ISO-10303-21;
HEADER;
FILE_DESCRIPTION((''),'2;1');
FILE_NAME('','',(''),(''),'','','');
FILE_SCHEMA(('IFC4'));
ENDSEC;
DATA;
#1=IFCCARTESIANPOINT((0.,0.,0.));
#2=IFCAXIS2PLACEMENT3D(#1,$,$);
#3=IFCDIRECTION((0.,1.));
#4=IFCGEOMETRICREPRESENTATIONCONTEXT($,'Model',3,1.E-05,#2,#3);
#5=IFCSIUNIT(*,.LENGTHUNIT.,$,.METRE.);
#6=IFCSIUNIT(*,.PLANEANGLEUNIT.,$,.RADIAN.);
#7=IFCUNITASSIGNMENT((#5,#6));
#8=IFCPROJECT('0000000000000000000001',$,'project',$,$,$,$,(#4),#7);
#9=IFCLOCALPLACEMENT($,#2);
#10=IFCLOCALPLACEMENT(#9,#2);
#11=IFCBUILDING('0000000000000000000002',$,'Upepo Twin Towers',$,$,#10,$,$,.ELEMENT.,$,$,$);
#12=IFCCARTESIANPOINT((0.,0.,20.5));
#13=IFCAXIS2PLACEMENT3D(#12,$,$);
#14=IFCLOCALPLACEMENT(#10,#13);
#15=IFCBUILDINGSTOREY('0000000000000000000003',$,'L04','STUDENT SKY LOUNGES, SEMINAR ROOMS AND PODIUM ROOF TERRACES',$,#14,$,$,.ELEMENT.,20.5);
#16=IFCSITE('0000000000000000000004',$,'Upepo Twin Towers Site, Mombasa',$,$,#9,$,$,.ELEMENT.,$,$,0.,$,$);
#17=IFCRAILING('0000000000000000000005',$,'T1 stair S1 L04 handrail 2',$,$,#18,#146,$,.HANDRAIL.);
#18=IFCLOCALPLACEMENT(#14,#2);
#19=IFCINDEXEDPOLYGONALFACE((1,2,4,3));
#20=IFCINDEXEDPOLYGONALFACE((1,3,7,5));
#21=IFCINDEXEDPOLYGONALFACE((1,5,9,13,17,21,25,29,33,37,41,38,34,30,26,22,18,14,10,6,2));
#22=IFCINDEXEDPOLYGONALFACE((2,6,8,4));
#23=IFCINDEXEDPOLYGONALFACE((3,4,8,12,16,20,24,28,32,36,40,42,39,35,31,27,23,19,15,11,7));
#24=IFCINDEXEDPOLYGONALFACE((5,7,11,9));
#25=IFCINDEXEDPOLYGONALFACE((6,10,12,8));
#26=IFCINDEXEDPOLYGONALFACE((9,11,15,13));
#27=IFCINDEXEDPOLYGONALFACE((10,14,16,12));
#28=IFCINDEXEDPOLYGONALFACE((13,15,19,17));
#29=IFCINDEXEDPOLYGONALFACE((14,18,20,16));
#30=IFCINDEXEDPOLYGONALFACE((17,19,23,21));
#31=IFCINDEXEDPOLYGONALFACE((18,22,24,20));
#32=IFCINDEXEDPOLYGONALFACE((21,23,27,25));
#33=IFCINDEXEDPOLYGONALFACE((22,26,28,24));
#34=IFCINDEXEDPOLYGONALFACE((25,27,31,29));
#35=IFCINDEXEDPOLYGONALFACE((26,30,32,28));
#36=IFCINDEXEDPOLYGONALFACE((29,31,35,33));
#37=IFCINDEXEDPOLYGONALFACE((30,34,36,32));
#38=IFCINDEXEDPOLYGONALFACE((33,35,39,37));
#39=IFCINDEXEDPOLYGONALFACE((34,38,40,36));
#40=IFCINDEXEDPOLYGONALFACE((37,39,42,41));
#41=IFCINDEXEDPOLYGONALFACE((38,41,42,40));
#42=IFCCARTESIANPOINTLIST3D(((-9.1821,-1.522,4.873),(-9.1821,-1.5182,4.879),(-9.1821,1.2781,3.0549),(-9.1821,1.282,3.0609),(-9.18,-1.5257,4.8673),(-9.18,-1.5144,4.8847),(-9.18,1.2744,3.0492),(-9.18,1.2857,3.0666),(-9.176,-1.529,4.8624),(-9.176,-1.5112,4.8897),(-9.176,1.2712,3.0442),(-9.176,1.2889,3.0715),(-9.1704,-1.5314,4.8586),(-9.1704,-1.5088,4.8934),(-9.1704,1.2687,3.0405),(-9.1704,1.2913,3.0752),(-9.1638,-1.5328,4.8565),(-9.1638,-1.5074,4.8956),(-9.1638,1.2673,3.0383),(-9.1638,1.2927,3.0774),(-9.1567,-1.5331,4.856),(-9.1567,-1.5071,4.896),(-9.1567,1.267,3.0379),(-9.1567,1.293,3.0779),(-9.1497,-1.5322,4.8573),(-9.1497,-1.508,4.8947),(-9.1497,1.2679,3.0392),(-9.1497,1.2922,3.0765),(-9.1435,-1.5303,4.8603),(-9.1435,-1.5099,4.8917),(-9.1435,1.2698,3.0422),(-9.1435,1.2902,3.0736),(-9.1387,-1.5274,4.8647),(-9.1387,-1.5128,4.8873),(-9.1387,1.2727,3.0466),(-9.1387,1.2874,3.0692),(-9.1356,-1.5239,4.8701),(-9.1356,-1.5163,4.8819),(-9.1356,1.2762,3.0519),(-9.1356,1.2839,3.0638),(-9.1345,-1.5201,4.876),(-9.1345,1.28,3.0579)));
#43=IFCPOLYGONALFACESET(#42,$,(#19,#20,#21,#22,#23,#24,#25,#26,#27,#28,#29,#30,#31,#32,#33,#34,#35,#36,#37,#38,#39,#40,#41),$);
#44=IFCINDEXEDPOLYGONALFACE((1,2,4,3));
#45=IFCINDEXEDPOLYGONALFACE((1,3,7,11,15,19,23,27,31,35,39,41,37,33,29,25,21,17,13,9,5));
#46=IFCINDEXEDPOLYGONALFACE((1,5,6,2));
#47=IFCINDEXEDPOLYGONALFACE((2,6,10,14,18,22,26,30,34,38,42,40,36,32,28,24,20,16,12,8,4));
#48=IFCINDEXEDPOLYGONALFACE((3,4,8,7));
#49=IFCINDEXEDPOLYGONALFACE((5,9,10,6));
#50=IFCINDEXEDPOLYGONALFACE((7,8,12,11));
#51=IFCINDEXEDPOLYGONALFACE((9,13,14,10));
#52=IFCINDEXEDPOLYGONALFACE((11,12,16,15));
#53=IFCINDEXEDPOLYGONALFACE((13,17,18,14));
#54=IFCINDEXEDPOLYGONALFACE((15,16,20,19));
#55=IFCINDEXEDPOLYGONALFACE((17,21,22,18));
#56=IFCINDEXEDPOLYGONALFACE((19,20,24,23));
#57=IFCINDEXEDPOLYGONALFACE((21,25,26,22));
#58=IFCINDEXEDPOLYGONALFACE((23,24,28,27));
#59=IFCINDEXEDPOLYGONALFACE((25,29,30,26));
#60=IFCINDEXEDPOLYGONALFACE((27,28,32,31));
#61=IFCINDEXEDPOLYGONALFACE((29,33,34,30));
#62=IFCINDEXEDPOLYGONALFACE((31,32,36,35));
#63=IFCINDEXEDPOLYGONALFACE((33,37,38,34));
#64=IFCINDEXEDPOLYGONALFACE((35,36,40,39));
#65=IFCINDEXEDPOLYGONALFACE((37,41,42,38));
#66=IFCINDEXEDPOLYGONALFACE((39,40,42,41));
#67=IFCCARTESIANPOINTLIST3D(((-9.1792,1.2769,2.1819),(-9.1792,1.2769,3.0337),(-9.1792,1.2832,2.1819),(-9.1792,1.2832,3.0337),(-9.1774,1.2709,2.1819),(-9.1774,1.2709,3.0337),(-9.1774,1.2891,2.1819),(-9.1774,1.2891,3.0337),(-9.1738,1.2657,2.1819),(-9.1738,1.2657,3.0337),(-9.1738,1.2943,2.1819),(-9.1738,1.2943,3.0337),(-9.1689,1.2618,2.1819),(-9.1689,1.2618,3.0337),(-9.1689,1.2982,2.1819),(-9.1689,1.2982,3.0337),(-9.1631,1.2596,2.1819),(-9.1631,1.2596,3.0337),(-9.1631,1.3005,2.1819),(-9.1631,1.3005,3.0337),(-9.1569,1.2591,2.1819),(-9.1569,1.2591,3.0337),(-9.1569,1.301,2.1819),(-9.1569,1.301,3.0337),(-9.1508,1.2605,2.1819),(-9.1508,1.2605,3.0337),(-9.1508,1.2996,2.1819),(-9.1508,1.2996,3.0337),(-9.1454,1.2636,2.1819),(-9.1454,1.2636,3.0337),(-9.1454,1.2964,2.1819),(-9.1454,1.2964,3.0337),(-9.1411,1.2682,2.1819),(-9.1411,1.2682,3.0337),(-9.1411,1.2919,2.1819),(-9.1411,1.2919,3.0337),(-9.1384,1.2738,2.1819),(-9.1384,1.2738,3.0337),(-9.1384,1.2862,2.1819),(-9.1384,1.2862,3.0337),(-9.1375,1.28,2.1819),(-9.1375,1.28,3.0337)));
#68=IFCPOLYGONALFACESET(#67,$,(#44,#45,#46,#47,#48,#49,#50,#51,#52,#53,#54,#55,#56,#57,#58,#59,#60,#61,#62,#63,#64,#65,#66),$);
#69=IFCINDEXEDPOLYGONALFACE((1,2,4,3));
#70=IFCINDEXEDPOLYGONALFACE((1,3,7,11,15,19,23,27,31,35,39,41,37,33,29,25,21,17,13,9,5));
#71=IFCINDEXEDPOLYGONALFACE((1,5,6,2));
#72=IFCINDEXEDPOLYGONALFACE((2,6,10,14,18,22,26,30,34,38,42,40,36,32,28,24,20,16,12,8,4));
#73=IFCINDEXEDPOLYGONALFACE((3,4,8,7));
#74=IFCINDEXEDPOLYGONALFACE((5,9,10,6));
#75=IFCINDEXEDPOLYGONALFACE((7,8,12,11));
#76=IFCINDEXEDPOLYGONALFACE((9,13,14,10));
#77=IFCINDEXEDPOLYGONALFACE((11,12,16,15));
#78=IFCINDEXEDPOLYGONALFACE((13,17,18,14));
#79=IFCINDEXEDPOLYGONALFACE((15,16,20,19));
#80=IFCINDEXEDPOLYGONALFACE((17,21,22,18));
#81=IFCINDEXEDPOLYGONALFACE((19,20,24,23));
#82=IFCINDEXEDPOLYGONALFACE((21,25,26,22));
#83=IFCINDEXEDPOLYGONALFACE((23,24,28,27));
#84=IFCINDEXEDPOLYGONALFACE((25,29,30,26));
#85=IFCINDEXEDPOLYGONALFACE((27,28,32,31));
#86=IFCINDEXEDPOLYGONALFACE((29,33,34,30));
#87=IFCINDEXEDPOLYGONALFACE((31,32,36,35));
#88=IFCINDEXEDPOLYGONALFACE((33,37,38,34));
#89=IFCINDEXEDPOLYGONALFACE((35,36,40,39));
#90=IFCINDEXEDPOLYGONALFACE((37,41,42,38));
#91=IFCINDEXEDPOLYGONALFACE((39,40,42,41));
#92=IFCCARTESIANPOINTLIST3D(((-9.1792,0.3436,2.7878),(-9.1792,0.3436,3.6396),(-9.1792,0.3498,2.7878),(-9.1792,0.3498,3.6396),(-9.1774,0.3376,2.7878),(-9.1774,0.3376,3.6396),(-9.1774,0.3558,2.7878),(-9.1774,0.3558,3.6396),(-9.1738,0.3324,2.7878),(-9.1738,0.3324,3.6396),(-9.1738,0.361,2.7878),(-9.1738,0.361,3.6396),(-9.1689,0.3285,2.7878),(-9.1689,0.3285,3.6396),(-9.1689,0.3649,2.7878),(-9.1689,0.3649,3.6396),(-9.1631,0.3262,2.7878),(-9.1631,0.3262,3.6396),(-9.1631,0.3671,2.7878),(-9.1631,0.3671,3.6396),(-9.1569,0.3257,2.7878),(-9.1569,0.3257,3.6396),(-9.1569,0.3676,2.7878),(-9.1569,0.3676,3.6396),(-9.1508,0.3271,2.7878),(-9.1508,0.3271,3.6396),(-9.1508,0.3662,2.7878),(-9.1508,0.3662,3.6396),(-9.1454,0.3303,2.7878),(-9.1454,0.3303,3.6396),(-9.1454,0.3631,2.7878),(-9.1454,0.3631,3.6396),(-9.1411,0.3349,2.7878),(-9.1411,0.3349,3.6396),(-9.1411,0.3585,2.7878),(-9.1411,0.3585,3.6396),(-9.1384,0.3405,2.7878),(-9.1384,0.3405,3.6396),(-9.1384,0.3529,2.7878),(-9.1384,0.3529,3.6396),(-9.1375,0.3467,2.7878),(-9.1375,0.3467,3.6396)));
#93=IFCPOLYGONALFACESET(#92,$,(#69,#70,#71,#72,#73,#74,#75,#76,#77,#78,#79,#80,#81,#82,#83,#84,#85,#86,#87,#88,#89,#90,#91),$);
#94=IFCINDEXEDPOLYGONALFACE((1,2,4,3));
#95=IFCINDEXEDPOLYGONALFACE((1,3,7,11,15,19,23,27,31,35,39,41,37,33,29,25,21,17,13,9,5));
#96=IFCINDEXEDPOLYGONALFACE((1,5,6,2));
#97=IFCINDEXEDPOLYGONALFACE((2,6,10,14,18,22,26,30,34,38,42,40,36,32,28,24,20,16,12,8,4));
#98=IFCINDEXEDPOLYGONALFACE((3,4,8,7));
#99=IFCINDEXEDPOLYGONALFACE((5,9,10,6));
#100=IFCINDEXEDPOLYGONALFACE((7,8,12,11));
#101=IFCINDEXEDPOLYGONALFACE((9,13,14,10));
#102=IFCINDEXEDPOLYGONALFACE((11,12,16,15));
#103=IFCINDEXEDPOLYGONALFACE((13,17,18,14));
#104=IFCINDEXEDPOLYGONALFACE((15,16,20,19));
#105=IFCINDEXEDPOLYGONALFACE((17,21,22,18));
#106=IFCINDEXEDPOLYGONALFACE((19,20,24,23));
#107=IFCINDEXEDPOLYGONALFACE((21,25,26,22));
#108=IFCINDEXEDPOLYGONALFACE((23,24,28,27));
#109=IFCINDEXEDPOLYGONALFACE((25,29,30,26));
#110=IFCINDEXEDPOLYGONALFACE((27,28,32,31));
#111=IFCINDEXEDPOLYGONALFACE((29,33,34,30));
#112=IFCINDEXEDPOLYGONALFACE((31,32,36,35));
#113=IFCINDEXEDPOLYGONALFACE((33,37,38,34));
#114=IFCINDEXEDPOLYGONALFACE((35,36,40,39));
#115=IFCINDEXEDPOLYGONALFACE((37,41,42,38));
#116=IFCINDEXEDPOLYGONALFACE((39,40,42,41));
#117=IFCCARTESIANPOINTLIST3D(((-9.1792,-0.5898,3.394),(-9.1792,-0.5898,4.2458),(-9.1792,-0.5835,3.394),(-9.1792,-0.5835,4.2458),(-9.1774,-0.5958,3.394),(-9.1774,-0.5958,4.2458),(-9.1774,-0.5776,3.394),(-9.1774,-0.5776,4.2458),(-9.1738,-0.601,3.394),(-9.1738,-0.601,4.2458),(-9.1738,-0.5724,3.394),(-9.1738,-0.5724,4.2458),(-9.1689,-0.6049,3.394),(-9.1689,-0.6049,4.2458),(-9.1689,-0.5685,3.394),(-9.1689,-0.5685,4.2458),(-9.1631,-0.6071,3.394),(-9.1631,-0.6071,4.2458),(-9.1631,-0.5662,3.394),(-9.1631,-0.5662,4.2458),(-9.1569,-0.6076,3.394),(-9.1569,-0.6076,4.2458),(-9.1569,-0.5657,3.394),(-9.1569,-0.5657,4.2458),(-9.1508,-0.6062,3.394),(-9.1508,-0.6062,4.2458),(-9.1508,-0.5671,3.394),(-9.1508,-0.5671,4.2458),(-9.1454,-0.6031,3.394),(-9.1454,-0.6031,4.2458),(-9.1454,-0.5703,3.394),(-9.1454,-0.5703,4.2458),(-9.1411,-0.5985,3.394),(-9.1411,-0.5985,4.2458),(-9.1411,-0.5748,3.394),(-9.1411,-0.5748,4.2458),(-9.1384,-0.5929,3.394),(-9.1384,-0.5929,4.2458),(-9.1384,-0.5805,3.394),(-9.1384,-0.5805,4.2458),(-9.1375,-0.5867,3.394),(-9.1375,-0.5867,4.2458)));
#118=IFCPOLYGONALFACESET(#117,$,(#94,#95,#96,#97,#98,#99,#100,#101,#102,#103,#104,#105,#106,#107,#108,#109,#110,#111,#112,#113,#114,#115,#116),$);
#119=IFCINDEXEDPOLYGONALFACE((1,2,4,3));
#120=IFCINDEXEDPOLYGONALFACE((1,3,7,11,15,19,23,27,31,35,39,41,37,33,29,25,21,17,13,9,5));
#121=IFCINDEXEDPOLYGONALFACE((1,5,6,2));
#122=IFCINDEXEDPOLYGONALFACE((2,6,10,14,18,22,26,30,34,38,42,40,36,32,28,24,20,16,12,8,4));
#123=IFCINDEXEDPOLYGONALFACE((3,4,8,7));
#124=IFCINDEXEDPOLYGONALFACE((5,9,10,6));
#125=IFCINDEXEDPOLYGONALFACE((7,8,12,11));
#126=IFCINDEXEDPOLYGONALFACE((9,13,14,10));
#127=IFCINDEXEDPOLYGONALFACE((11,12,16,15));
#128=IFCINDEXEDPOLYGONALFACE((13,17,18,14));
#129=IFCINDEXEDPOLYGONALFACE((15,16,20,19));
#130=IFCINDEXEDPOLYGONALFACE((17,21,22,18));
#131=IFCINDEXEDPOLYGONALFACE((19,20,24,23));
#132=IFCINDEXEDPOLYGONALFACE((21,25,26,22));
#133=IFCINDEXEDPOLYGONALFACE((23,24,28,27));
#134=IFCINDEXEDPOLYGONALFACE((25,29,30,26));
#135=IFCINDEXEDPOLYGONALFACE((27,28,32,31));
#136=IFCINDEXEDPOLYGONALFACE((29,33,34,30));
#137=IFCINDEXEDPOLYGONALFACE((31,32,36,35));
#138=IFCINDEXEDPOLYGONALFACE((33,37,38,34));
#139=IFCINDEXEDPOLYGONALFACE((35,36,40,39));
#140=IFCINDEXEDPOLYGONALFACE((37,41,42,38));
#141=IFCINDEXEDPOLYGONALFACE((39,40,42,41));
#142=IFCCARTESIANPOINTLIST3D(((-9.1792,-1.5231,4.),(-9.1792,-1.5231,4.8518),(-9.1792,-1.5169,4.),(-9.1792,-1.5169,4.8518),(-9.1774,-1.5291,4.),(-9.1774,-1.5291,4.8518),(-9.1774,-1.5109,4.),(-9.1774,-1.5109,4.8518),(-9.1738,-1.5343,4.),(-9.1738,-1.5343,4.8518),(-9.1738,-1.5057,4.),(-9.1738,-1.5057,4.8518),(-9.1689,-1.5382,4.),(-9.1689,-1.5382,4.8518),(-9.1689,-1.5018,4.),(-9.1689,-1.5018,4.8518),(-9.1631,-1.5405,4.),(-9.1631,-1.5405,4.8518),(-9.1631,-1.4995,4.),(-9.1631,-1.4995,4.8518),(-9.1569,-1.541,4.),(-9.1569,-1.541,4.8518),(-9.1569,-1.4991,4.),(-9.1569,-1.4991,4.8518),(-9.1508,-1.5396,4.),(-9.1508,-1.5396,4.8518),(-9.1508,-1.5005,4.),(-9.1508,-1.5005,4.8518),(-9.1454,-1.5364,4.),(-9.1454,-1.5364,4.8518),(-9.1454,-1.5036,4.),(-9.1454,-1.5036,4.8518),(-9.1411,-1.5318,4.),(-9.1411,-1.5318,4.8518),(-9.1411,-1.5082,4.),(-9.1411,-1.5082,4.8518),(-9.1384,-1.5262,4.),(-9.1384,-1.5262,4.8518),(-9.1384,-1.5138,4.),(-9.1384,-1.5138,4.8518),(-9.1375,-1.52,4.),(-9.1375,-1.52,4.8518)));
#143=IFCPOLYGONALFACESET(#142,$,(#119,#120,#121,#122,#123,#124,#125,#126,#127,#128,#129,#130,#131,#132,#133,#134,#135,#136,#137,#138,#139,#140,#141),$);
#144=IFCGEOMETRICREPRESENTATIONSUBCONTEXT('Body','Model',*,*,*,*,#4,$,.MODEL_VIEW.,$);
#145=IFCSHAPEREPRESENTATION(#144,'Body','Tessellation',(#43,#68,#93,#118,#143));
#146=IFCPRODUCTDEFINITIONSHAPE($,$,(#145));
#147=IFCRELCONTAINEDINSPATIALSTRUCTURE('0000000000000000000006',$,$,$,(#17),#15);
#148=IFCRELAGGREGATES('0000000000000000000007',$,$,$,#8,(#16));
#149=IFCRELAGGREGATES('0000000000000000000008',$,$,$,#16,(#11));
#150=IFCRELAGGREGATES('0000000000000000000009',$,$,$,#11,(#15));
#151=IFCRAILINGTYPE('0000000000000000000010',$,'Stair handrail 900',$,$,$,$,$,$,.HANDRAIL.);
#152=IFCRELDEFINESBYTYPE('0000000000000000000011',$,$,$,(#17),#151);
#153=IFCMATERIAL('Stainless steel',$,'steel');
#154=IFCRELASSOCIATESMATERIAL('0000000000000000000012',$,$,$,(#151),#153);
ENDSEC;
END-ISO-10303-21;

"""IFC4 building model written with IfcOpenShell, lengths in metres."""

from ifc_helpers import new_model, si_unit, direction, frame, origin, origin_2d, place, context, subcontext, project, spatial, circle, extrude, material, type_object, element, save


model = new_model("IFC4")

# Units and contexts
model_context = context("Model", 3, precision=1e-05, world=origin(), true_north=direction((0.0, 1.0)))
body_context = subcontext(model_context, "Body", "Model", "MODEL_VIEW")
ifc_project = project(units=[si_unit("LENGTHUNIT", "METRE"), si_unit("PLANEANGLEUNIT", "RADIAN")], contexts=[model_context])

# Site, building, storey
site_placement = place(None, origin())
site = spatial("IfcSite", under=ifc_project, at=site_placement, Name="Upepo Twin Towers Site, Mombasa", CompositionType="ELEMENT", RefElevation=0.0)
building_placement = place(site_placement, origin())
building = spatial("IfcBuilding", under=site, at=building_placement, Name="Upepo Twin Towers", CompositionType="ELEMENT")
storey_placement = place(building_placement, frame((0.0, 0.0, 20.5)))
storey = spatial("IfcBuildingStorey", under=building, at=storey_placement, Name="L04", Description="STUDENT SKY LOUNGES, SEMINAR ROOMS AND PODIUM ROOF TERRACES", CompositionType="ELEMENT", Elevation=20.5)

# Railing
ifc_material_1 = material(Name="Stainless steel", Category="steel")
railing_type = type_object("IfcRailingType", Name="Stair handrail 900", PredefinedType="HANDRAIL", material=ifc_material_1)
railing_placement = place(storey_placement, frame((-9.1584, 1.28, 2.1819)))
element("IfcRailing", 1, at=railing_placement, inside=storey, type_object=railing_type, Name="T1 stair S1 L04 handrail 2", PredefinedType="HANDRAIL", context=body_context, shape_type="SweptSolid", body=[
    extrude(circle(Radius=0.0239, at=origin_2d()), frame((0.0, 0.0, 0.876), z_axis=(0.0, -0.838706, 0.544585), x_axis=(1.0, 0.0, 0.0)), (0.0, 0.0, 1.0), 3.3386),
    extrude(circle(Radius=0.021, at=origin_2d()), origin(), (0.0, 0.0, 1.0), 0.8518),
    extrude(circle(Radius=0.021, at=origin_2d()), frame((0.0, -0.9333, 0.606)), (0.0, 0.0, 1.0), 0.8518),
    extrude(circle(Radius=0.021, at=origin_2d()), frame((0.0, -1.8667, 1.2122)), (0.0, 0.0, 1.0), 0.8518),
    extrude(circle(Radius=0.021, at=origin_2d()), frame((0.0, -2.8, 1.8181)), (0.0, 0.0, 1.0), 0.8518),
])

save(model, "model.ifc")
